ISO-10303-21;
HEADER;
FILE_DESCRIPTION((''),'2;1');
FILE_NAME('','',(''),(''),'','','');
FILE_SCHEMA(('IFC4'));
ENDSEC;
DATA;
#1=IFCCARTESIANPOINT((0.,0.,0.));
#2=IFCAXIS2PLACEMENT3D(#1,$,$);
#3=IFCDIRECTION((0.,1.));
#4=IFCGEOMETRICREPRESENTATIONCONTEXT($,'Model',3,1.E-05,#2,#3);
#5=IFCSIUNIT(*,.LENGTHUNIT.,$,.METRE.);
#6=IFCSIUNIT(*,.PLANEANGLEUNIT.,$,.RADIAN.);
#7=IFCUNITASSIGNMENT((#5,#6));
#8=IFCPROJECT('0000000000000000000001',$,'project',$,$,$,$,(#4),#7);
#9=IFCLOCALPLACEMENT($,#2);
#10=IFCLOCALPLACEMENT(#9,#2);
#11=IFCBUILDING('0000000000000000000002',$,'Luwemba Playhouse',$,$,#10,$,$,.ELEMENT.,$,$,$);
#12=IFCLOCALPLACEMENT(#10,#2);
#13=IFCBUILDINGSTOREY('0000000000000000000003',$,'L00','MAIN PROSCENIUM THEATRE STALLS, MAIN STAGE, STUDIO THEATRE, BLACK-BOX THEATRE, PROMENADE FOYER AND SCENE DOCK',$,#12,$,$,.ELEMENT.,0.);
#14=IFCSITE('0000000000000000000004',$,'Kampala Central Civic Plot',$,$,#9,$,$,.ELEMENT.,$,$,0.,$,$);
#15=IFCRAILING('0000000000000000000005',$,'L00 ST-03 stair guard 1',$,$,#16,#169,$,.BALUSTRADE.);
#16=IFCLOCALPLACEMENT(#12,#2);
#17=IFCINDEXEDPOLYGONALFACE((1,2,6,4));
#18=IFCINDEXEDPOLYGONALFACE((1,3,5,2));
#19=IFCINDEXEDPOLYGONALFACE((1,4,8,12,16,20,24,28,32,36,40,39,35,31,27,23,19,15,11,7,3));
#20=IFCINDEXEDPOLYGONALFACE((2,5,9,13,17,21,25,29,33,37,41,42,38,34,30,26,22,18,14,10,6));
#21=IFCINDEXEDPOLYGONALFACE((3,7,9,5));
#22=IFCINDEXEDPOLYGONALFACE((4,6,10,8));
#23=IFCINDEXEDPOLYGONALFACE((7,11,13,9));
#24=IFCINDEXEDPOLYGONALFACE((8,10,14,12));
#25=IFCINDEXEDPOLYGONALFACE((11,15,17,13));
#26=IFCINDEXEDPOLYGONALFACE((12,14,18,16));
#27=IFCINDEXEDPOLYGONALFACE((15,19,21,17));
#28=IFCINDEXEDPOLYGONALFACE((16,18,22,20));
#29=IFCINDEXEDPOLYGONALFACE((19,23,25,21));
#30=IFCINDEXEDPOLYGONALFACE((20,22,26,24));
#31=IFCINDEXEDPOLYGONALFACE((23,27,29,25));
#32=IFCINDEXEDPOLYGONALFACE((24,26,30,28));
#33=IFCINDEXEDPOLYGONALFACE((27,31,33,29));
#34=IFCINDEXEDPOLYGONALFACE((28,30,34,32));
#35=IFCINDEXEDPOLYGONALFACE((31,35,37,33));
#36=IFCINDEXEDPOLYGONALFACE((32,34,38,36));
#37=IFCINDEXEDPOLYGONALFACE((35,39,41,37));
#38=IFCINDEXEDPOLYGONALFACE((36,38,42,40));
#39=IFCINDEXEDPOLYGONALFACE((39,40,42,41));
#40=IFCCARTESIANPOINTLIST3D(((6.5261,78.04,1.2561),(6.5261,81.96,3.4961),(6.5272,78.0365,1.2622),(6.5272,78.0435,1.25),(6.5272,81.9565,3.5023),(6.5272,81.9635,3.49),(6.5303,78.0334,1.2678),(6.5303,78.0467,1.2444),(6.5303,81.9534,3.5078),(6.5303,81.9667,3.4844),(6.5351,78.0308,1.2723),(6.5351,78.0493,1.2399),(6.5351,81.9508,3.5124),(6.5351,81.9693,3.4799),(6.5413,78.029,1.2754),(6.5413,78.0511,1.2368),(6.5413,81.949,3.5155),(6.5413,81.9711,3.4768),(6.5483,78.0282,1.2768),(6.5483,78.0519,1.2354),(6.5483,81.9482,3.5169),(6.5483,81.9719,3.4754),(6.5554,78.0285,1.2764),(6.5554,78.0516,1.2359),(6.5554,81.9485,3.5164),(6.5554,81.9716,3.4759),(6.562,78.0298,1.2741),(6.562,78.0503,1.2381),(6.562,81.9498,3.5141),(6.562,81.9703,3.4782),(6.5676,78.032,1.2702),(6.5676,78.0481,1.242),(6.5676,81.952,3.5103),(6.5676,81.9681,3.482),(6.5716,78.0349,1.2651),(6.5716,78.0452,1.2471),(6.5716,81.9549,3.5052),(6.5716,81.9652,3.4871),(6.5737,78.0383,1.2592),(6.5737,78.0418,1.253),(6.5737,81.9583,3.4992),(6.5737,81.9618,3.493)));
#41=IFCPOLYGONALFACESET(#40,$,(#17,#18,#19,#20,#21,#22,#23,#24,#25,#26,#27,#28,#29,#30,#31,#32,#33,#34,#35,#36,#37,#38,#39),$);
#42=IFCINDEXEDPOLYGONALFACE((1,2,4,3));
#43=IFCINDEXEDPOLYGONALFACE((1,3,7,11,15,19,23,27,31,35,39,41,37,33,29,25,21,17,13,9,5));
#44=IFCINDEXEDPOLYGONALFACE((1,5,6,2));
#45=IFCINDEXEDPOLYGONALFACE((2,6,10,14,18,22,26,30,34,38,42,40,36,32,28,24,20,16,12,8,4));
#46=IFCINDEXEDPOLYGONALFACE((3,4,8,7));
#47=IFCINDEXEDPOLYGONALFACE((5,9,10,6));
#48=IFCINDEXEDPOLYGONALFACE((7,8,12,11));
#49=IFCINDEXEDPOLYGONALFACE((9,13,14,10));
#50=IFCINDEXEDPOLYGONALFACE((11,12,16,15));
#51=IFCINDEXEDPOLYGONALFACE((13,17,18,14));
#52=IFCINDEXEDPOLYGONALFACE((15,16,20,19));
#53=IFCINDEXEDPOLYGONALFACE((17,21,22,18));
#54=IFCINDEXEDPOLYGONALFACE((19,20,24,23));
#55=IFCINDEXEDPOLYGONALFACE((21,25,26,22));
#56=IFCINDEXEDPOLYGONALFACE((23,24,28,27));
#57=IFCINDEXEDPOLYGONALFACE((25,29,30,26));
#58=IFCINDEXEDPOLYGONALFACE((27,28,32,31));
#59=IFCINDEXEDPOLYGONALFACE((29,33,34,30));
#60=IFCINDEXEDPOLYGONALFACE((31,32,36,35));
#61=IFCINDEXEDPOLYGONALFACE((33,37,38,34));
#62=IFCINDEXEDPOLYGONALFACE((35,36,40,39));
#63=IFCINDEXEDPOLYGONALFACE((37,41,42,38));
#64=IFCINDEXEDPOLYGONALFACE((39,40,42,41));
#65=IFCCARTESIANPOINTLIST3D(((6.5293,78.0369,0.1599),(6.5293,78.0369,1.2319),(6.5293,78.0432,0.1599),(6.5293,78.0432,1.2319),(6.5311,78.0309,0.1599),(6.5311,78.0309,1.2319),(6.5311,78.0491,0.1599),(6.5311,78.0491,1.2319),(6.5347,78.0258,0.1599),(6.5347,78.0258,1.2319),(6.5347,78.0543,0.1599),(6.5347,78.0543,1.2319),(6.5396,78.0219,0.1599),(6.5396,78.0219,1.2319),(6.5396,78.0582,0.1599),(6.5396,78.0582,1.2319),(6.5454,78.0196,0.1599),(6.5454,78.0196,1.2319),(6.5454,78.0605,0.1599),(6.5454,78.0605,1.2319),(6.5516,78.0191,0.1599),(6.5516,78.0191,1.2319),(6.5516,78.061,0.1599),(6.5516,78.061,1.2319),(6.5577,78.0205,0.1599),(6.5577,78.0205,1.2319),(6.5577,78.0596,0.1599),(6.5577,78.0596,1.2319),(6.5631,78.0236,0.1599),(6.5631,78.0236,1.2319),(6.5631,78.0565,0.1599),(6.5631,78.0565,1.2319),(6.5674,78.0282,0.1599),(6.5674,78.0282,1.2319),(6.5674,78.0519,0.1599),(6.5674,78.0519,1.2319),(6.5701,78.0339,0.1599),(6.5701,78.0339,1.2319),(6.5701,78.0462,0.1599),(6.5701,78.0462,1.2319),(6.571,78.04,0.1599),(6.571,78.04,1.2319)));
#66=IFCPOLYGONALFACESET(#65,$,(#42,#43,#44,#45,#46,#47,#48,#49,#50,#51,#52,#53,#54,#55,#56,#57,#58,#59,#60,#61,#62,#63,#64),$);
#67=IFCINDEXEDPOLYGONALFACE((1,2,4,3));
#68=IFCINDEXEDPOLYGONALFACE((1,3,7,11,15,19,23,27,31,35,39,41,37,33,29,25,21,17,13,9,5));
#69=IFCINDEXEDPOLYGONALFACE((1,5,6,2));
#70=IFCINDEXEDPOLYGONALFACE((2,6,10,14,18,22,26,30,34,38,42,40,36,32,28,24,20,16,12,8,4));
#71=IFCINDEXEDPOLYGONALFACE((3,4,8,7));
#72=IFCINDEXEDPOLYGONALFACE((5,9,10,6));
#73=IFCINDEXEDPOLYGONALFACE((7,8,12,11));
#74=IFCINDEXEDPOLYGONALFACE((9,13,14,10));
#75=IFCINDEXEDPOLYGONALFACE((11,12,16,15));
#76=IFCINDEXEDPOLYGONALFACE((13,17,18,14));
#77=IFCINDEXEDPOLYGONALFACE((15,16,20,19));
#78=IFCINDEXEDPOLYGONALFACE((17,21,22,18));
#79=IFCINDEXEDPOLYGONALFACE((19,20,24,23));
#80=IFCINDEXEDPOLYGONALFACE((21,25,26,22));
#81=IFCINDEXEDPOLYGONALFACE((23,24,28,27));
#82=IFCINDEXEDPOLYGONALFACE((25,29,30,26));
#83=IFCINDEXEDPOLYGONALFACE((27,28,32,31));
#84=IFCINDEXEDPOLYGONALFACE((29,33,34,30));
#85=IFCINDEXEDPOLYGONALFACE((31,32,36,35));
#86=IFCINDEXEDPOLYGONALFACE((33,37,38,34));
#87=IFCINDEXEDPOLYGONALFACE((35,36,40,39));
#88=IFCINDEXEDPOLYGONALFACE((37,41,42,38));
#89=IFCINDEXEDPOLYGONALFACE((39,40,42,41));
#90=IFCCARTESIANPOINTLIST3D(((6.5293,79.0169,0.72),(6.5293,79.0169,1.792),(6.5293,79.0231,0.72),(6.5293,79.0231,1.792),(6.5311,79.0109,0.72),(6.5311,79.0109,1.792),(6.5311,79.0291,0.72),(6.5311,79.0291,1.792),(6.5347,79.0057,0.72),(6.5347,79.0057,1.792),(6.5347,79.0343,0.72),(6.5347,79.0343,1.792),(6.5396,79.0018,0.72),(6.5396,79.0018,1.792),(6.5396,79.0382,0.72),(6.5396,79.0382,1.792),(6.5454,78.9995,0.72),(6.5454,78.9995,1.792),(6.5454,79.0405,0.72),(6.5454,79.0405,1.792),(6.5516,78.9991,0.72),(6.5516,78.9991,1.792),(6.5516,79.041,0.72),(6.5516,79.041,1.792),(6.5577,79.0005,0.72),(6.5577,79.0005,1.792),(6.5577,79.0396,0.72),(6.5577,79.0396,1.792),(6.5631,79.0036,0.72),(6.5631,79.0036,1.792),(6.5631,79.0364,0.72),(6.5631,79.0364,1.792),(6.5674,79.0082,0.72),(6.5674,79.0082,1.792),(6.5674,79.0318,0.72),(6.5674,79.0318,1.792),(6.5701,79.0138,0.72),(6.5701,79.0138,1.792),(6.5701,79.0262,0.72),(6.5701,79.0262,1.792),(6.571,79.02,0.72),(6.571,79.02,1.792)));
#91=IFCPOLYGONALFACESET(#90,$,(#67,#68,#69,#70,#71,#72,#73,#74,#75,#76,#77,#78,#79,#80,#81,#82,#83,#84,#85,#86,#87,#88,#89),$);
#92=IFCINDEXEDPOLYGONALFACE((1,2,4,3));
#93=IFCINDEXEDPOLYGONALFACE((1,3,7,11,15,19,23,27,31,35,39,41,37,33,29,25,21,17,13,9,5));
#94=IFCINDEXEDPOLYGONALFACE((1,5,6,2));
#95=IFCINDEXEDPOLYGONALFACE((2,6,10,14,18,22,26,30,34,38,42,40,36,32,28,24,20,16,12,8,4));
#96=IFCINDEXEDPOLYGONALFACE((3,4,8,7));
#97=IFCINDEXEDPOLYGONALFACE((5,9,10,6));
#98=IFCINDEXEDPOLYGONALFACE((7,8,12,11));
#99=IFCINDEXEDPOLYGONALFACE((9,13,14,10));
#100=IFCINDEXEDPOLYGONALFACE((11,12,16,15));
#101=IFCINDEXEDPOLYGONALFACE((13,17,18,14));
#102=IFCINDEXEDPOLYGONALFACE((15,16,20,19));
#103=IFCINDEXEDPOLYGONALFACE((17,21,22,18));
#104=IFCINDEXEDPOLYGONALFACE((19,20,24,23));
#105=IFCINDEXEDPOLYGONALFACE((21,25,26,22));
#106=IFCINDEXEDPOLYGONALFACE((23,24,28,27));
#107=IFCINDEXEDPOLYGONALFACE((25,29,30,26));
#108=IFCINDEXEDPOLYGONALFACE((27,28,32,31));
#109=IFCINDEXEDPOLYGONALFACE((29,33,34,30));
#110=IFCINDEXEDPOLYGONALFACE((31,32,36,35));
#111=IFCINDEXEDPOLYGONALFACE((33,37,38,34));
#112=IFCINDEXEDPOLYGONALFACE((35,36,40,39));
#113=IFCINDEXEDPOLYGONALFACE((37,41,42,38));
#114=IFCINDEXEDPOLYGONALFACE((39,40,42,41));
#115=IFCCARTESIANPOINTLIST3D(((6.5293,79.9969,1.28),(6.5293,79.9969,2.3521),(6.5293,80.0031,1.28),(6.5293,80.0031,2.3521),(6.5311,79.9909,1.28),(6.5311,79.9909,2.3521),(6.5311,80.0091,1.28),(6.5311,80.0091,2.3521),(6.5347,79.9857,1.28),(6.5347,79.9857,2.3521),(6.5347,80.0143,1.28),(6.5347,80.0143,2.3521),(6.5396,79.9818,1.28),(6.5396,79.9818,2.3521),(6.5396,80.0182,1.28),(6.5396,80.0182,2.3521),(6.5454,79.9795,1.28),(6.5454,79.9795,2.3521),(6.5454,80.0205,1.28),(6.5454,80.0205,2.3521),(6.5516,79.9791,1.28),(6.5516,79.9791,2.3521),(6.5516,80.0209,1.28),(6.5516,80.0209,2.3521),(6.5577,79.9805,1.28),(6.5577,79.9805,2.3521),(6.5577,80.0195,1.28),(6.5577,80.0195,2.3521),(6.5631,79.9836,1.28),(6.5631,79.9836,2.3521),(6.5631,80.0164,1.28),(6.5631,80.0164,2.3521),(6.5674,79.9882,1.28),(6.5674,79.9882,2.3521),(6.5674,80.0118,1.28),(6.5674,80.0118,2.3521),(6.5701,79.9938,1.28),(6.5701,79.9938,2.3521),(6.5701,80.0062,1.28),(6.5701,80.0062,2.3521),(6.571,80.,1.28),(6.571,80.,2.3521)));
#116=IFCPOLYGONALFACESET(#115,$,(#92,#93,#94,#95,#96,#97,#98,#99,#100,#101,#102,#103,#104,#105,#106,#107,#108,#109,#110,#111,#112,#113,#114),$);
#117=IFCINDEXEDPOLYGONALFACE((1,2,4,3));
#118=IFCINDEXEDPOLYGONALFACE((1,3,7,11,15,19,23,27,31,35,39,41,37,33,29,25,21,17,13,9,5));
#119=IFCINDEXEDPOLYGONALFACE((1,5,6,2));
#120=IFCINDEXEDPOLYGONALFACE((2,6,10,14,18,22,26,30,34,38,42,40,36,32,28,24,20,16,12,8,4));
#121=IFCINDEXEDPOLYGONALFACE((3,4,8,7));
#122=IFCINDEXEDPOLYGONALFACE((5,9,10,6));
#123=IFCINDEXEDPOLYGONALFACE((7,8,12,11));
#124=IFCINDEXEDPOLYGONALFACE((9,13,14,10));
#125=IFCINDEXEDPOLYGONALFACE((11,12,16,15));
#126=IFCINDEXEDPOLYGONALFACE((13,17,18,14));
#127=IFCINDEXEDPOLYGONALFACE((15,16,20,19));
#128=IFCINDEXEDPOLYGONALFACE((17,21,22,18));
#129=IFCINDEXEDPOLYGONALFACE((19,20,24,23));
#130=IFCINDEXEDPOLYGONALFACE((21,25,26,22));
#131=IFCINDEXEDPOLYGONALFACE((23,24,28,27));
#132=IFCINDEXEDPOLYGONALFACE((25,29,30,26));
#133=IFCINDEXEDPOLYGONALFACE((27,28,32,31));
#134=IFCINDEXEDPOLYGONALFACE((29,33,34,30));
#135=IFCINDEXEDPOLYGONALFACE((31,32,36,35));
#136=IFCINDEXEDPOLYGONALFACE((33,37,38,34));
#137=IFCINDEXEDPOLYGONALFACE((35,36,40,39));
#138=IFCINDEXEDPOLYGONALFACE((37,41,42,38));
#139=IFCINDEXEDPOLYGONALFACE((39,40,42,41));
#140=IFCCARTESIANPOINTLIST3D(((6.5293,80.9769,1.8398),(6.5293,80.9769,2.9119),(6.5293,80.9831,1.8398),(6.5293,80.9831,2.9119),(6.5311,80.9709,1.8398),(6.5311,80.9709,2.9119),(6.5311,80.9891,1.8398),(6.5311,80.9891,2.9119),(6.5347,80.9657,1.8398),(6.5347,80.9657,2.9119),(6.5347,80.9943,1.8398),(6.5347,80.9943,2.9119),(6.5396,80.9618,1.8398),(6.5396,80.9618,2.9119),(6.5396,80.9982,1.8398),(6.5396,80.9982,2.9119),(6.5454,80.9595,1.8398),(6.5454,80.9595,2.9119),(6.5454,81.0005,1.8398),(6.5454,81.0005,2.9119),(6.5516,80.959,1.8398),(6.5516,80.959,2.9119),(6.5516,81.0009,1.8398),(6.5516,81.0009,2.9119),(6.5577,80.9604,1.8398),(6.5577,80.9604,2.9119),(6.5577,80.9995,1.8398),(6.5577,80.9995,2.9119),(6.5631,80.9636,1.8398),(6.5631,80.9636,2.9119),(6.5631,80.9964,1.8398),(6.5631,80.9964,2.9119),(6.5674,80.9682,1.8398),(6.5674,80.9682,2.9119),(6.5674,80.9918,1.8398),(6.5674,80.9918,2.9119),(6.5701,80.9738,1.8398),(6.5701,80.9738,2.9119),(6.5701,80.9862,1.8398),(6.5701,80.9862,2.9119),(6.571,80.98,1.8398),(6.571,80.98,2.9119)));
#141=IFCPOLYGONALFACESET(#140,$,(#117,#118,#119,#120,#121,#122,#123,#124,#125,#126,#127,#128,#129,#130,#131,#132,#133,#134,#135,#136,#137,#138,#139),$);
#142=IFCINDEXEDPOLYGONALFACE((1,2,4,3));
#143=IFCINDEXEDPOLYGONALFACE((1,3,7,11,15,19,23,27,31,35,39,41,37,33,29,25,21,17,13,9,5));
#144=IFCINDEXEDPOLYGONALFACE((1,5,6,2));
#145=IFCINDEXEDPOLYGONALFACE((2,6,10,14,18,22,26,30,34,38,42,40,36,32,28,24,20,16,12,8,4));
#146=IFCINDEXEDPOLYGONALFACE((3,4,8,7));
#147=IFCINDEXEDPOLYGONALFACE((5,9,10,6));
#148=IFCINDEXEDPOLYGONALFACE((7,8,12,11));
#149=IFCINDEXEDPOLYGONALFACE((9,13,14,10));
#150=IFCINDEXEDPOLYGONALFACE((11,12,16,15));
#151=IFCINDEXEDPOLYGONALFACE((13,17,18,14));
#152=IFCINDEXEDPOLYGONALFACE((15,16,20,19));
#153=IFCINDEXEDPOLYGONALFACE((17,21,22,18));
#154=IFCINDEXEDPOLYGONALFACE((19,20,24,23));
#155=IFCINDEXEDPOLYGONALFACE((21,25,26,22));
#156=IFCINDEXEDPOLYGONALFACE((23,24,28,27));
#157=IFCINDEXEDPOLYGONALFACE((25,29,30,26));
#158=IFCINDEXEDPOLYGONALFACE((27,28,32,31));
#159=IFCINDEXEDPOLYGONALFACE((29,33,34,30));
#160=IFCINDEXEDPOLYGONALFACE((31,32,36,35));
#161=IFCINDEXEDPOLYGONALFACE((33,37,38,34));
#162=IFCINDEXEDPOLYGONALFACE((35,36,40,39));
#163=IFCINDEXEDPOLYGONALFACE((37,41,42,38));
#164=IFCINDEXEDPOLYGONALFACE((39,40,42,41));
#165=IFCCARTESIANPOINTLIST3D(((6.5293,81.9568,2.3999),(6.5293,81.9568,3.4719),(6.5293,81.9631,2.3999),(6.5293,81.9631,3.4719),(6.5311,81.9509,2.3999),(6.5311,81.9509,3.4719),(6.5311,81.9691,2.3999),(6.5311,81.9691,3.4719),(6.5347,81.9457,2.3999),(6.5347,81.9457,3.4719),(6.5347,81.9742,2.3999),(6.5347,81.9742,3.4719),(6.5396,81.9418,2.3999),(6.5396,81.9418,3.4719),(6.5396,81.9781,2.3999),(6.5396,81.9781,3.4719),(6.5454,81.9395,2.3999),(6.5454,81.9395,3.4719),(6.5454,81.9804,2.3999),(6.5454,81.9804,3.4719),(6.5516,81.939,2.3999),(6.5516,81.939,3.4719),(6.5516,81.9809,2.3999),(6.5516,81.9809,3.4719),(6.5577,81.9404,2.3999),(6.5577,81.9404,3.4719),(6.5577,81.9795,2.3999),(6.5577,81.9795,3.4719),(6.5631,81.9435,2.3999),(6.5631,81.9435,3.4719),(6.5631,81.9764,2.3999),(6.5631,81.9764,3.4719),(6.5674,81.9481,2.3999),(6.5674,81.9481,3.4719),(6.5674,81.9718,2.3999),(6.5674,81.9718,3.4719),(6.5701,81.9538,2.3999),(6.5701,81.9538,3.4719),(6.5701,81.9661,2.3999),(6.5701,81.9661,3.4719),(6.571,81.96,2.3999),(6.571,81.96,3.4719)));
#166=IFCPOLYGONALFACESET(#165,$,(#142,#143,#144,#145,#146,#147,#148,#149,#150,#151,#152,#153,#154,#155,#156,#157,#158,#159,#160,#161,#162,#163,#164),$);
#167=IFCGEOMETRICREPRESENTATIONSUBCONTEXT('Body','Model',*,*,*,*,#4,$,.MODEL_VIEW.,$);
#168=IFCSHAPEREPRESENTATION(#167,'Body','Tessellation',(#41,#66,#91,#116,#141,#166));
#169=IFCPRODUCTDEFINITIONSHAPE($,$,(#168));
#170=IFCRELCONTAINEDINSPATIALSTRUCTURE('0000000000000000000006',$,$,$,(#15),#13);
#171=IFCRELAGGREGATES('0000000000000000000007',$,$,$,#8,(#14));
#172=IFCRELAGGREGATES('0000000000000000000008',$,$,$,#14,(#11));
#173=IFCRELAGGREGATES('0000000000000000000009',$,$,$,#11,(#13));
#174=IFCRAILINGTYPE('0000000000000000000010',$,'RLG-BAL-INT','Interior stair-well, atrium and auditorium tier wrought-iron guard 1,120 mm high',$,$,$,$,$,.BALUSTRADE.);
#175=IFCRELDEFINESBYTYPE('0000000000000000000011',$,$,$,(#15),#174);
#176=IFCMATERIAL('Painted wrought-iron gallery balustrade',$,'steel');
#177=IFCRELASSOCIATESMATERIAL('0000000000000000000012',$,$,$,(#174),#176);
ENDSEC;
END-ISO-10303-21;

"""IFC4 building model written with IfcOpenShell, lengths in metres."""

from ifc_helpers import new_model, si_unit, direction, frame, origin, origin_2d, place, context, subcontext, project, spatial, circle, extrude, material, type_object, element, save


model = new_model("IFC4")

# Units and contexts
model_context = context("Model", 3, precision=1e-05, world=origin(), true_north=direction((0.0, 1.0)))
body_context = subcontext(model_context, "Body", "Model", "MODEL_VIEW")
ifc_project = project(units=[si_unit("LENGTHUNIT", "METRE"), si_unit("PLANEANGLEUNIT", "RADIAN")], contexts=[model_context])

# Site, building, storey
site_placement = place(None, origin())
site = spatial("IfcSite", under=ifc_project, at=site_placement, Name="Kampala Central Civic Plot", CompositionType="ELEMENT", RefElevation=0.0)
building_placement = place(site_placement, origin())
building = spatial("IfcBuilding", under=site, at=building_placement, Name="Luwemba Playhouse", CompositionType="ELEMENT")
storey_placement = place(building_placement, origin())
storey = spatial("IfcBuildingStorey", under=building, at=storey_placement, Name="L00", Description="MAIN PROSCENIUM THEATRE STALLS, MAIN STAGE, STUDIO THEATRE, BLACK-BOX THEATRE, PROMENADE FOYER AND SCENE DOCK", CompositionType="ELEMENT", Elevation=0.0)

# Railing
ifc_material_1 = material(Name="Painted wrought-iron gallery balustrade", Category="steel")
railing_type_1 = type_object("IfcRailingType", Name="RLG-BAL-INT", Description="Interior stair-well, atrium and auditorium tier wrought-iron guard 1,120 mm high", PredefinedType="BALUSTRADE", material=ifc_material_1)
railing_1_placement = place(storey_placement, frame((6.55, 78.04, 0.1599)))
element("IfcRailing", 1, at=railing_1_placement, inside=storey, type_object=railing_type_1, Name="L00 ST-03 stair guard 1", PredefinedType="BALUSTRADE", context=body_context, shape_type="SweptSolid", body=[
    extrude(circle(Radius=0.0239, at=origin_2d()), frame((0.0, 0.0, 1.0962), z_axis=(0.0, 0.86824, 0.496145), x_axis=(-1.0, 0.0, 0.0)), (0.0, 0.0, 1.0), 4.5149),
    extrude(circle(Radius=0.021, at=origin_2d()), origin(), (0.0, 0.0, 1.0), 1.072),
    extrude(circle(Radius=0.021, at=origin_2d()), frame((0.0, 0.98, 0.5601)), (0.0, 0.0, 1.0), 1.072),
    extrude(circle(Radius=0.021, at=origin_2d()), frame((0.0, 1.96, 1.1201)), (0.0, 0.0, 1.0), 1.072),
    extrude(circle(Radius=0.021, at=origin_2d()), frame((0.0, 2.9399, 1.6799)), (0.0, 0.0, 1.0), 1.072),
    extrude(circle(Radius=0.021, at=origin_2d()), frame((0.0, 3.9199, 2.24)), (0.0, 0.0, 1.0), 1.072),
])

save(model, "model.ifc")
